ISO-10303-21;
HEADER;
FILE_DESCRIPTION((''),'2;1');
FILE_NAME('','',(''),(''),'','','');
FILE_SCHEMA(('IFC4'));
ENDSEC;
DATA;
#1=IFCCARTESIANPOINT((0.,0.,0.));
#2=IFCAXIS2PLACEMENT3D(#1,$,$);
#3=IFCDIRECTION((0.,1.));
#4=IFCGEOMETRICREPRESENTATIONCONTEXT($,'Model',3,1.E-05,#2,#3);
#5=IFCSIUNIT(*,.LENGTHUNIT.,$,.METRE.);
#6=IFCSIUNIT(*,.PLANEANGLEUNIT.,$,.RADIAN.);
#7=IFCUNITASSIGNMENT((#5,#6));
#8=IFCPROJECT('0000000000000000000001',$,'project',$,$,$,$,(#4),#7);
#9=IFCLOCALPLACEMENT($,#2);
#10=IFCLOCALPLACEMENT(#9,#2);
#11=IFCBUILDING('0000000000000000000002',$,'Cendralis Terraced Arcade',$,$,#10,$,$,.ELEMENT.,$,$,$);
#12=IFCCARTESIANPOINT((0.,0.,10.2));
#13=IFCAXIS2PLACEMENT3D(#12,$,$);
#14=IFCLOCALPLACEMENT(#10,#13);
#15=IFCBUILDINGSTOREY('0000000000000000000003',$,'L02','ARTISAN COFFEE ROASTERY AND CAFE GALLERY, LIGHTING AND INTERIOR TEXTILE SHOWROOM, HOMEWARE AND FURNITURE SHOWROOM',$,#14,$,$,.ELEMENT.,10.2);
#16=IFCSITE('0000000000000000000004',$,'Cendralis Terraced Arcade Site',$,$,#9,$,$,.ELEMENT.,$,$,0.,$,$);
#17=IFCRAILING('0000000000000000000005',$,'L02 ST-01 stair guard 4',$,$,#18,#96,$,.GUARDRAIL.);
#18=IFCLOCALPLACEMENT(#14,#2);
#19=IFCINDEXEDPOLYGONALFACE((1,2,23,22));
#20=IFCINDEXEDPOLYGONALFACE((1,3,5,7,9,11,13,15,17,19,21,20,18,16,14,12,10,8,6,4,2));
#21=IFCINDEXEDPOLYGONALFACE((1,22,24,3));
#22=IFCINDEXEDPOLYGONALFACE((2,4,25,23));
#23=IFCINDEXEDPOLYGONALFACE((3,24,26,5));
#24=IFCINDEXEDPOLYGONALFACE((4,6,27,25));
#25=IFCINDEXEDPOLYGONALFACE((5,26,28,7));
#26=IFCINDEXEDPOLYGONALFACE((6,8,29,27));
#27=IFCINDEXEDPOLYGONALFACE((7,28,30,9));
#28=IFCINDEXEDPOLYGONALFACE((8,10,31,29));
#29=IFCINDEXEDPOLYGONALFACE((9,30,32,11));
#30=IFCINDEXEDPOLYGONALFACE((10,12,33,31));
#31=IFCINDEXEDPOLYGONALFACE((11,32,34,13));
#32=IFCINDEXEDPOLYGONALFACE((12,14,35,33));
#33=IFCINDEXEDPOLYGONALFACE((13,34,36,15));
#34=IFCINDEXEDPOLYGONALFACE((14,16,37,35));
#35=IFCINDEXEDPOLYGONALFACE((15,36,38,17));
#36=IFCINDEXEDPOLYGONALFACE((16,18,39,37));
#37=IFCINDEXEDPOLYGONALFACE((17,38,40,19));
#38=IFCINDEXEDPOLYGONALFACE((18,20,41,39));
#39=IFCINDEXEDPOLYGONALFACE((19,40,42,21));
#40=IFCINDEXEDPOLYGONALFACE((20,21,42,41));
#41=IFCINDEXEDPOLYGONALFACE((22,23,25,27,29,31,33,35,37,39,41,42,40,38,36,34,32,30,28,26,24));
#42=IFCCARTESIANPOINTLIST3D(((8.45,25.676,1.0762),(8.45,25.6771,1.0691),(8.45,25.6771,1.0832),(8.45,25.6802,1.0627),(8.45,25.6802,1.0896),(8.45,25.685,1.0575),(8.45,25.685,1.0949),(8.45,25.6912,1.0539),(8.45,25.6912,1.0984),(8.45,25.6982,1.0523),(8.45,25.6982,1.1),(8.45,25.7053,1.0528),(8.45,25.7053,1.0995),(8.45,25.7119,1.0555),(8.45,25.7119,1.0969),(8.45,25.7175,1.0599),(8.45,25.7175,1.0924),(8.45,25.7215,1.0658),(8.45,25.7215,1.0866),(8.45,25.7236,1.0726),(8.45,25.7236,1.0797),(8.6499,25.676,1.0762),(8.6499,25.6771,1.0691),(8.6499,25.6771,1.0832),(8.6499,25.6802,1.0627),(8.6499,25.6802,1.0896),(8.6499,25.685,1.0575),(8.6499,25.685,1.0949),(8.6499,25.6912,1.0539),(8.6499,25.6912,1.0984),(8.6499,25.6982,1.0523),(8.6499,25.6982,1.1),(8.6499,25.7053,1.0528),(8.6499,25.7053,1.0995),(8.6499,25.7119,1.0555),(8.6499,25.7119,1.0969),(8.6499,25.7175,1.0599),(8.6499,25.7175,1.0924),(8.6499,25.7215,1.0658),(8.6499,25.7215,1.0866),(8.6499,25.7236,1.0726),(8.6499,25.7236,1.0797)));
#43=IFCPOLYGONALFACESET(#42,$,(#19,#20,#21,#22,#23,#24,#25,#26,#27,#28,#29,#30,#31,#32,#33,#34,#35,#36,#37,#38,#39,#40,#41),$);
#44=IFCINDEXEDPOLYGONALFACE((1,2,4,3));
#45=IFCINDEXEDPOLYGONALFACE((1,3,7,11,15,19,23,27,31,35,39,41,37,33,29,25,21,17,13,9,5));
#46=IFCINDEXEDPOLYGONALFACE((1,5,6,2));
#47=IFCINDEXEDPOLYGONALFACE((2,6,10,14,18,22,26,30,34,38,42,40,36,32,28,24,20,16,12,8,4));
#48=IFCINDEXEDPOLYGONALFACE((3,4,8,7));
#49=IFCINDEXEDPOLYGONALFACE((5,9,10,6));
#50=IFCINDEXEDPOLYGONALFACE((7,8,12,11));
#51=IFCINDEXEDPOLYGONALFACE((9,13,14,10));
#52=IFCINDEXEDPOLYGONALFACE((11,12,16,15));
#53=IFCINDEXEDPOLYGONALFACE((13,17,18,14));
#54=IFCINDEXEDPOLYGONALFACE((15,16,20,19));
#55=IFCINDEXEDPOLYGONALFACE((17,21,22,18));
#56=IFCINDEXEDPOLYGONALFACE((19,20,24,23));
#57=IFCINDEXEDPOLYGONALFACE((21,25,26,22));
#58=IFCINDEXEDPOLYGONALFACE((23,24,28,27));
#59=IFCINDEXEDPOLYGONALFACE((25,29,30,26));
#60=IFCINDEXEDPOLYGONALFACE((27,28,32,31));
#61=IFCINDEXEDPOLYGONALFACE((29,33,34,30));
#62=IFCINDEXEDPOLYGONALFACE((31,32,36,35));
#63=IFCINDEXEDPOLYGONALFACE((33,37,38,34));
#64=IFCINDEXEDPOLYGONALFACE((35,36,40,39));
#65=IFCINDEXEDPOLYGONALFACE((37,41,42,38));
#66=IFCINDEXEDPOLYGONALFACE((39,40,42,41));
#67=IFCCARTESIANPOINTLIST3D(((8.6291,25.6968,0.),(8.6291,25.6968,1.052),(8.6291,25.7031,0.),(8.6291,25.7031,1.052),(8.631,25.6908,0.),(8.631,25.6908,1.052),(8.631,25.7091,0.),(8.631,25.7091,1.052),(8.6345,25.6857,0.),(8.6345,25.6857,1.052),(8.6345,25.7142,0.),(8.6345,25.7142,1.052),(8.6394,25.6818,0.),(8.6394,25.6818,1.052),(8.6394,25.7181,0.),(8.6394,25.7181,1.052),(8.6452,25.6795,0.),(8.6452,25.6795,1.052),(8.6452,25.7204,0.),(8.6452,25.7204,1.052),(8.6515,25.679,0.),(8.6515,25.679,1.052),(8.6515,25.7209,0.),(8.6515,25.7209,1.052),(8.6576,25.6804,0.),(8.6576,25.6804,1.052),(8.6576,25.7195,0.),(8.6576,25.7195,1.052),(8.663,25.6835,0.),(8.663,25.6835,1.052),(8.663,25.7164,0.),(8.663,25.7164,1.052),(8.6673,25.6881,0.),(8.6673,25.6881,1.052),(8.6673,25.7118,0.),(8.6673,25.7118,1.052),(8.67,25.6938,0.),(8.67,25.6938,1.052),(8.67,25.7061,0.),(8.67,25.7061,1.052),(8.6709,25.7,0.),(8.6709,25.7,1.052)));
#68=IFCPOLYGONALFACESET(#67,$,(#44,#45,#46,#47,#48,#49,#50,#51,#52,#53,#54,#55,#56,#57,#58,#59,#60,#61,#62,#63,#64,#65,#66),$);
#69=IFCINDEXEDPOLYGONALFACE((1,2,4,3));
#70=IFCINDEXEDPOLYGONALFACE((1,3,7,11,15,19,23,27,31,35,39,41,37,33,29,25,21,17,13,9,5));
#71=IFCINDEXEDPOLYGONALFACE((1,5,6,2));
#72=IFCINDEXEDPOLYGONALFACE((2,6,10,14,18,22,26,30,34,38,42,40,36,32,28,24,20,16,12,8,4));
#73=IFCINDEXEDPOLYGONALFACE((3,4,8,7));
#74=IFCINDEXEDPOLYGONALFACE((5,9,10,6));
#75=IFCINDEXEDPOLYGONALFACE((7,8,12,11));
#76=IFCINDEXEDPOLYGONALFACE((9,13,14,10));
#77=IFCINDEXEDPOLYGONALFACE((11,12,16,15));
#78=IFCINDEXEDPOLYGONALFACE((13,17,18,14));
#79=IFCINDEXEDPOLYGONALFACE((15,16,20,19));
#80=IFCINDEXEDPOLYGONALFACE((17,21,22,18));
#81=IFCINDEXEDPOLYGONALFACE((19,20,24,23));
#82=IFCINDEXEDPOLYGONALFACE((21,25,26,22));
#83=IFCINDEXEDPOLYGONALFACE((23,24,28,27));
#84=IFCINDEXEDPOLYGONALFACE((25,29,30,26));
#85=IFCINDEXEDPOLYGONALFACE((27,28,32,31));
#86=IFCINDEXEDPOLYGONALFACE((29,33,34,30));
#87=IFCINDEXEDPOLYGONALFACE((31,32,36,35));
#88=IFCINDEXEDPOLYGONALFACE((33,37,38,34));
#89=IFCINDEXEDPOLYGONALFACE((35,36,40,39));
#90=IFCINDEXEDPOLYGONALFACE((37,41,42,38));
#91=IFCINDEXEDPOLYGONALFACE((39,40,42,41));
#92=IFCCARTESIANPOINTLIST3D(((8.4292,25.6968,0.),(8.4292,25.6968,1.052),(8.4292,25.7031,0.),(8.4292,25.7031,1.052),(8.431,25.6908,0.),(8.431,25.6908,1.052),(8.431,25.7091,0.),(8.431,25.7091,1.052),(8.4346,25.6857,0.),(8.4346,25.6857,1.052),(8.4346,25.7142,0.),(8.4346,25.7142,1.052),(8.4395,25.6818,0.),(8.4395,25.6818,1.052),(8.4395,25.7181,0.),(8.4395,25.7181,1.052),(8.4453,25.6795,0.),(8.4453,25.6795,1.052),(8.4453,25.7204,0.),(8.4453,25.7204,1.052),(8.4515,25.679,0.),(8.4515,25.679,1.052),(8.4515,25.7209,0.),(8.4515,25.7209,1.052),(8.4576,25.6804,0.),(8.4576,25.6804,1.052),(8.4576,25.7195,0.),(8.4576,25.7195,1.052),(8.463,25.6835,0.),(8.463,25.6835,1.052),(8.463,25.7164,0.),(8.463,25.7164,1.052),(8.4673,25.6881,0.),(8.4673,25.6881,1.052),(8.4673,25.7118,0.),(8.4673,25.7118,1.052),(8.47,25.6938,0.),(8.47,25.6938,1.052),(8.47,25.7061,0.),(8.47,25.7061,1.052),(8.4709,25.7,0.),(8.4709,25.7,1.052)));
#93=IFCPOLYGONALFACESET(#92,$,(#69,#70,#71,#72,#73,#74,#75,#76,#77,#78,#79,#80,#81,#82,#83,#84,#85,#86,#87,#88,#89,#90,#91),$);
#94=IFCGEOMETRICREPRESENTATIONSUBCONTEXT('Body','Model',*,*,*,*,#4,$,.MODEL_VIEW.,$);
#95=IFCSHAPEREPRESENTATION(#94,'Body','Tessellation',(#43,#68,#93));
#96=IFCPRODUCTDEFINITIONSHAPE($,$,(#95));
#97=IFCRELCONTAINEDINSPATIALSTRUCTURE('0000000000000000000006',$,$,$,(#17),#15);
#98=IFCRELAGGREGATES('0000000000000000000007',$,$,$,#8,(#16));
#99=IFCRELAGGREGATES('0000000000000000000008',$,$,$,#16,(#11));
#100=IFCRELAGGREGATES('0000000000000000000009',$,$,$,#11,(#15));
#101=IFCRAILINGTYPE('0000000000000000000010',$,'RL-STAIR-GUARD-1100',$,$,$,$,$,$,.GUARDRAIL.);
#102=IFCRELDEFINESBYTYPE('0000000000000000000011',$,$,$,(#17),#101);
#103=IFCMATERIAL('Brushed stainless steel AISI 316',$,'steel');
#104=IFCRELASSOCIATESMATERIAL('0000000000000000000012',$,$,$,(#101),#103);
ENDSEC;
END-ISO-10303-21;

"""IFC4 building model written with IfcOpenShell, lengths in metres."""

from ifc_helpers import new_model, si_unit, direction, frame, origin, origin_2d, place, context, subcontext, project, spatial, circle, extrude, material, type_object, element, save


model = new_model("IFC4")

# Units and contexts
model_context = context("Model", 3, precision=1e-05, world=origin(), true_north=direction((0.0, 1.0)))
body_context = subcontext(model_context, "Body", "Model", "MODEL_VIEW")
ifc_project = project(units=[si_unit("LENGTHUNIT", "METRE"), si_unit("PLANEANGLEUNIT", "RADIAN")], contexts=[model_context])

# Site, building, storey
site_placement = place(None, origin())
site = spatial("IfcSite", under=ifc_project, at=site_placement, Name="Cendralis Terraced Arcade Site", CompositionType="ELEMENT", RefElevation=0.0)
building_placement = place(site_placement, origin())
building = spatial("IfcBuilding", under=site, at=building_placement, Name="Cendralis Terraced Arcade", CompositionType="ELEMENT")
storey_placement = place(building_placement, frame((0.0, 0.0, 10.2)))
storey = spatial("IfcBuildingStorey", under=building, at=storey_placement, Name="L02", Description="ARTISAN COFFEE ROASTERY AND CAFE GALLERY, LIGHTING AND INTERIOR TEXTILE SHOWROOM, HOMEWARE AND FURNITURE SHOWROOM", CompositionType="ELEMENT", Elevation=10.2)

# Railing
ifc_material_1 = material(Name="Brushed stainless steel AISI 316", Category="steel")
railing_type_1 = type_object("IfcRailingType", Name="RL-STAIR-GUARD-1100", PredefinedType="GUARDRAIL", material=ifc_material_1)
railing_1_placement = place(storey_placement, frame((8.6499, 25.7, 0.0)))
element("IfcRailing", 1, at=railing_1_placement, inside=storey, type_object=railing_type_1, Name="L02 ST-01 stair guard 4", PredefinedType="GUARDRAIL", context=body_context, shape_type="SweptSolid", body=[
    extrude(circle(Radius=0.0239, at=origin_2d()), frame((0.0, 0.0, 1.0762), z_axis=(-1.0, 0.0, 0.0), x_axis=(0.0, -1.0, 0.0)), (0.0, 0.0, 1.0), 0.2),
    extrude(circle(Radius=0.021, at=origin_2d()), origin(), (0.0, 0.0, 1.0), 1.052),
    extrude(circle(Radius=0.021, at=origin_2d()), frame((-0.2, 0.0, 0.0)), (0.0, 0.0, 1.0), 1.052),
])

save(model, "model.ifc")
